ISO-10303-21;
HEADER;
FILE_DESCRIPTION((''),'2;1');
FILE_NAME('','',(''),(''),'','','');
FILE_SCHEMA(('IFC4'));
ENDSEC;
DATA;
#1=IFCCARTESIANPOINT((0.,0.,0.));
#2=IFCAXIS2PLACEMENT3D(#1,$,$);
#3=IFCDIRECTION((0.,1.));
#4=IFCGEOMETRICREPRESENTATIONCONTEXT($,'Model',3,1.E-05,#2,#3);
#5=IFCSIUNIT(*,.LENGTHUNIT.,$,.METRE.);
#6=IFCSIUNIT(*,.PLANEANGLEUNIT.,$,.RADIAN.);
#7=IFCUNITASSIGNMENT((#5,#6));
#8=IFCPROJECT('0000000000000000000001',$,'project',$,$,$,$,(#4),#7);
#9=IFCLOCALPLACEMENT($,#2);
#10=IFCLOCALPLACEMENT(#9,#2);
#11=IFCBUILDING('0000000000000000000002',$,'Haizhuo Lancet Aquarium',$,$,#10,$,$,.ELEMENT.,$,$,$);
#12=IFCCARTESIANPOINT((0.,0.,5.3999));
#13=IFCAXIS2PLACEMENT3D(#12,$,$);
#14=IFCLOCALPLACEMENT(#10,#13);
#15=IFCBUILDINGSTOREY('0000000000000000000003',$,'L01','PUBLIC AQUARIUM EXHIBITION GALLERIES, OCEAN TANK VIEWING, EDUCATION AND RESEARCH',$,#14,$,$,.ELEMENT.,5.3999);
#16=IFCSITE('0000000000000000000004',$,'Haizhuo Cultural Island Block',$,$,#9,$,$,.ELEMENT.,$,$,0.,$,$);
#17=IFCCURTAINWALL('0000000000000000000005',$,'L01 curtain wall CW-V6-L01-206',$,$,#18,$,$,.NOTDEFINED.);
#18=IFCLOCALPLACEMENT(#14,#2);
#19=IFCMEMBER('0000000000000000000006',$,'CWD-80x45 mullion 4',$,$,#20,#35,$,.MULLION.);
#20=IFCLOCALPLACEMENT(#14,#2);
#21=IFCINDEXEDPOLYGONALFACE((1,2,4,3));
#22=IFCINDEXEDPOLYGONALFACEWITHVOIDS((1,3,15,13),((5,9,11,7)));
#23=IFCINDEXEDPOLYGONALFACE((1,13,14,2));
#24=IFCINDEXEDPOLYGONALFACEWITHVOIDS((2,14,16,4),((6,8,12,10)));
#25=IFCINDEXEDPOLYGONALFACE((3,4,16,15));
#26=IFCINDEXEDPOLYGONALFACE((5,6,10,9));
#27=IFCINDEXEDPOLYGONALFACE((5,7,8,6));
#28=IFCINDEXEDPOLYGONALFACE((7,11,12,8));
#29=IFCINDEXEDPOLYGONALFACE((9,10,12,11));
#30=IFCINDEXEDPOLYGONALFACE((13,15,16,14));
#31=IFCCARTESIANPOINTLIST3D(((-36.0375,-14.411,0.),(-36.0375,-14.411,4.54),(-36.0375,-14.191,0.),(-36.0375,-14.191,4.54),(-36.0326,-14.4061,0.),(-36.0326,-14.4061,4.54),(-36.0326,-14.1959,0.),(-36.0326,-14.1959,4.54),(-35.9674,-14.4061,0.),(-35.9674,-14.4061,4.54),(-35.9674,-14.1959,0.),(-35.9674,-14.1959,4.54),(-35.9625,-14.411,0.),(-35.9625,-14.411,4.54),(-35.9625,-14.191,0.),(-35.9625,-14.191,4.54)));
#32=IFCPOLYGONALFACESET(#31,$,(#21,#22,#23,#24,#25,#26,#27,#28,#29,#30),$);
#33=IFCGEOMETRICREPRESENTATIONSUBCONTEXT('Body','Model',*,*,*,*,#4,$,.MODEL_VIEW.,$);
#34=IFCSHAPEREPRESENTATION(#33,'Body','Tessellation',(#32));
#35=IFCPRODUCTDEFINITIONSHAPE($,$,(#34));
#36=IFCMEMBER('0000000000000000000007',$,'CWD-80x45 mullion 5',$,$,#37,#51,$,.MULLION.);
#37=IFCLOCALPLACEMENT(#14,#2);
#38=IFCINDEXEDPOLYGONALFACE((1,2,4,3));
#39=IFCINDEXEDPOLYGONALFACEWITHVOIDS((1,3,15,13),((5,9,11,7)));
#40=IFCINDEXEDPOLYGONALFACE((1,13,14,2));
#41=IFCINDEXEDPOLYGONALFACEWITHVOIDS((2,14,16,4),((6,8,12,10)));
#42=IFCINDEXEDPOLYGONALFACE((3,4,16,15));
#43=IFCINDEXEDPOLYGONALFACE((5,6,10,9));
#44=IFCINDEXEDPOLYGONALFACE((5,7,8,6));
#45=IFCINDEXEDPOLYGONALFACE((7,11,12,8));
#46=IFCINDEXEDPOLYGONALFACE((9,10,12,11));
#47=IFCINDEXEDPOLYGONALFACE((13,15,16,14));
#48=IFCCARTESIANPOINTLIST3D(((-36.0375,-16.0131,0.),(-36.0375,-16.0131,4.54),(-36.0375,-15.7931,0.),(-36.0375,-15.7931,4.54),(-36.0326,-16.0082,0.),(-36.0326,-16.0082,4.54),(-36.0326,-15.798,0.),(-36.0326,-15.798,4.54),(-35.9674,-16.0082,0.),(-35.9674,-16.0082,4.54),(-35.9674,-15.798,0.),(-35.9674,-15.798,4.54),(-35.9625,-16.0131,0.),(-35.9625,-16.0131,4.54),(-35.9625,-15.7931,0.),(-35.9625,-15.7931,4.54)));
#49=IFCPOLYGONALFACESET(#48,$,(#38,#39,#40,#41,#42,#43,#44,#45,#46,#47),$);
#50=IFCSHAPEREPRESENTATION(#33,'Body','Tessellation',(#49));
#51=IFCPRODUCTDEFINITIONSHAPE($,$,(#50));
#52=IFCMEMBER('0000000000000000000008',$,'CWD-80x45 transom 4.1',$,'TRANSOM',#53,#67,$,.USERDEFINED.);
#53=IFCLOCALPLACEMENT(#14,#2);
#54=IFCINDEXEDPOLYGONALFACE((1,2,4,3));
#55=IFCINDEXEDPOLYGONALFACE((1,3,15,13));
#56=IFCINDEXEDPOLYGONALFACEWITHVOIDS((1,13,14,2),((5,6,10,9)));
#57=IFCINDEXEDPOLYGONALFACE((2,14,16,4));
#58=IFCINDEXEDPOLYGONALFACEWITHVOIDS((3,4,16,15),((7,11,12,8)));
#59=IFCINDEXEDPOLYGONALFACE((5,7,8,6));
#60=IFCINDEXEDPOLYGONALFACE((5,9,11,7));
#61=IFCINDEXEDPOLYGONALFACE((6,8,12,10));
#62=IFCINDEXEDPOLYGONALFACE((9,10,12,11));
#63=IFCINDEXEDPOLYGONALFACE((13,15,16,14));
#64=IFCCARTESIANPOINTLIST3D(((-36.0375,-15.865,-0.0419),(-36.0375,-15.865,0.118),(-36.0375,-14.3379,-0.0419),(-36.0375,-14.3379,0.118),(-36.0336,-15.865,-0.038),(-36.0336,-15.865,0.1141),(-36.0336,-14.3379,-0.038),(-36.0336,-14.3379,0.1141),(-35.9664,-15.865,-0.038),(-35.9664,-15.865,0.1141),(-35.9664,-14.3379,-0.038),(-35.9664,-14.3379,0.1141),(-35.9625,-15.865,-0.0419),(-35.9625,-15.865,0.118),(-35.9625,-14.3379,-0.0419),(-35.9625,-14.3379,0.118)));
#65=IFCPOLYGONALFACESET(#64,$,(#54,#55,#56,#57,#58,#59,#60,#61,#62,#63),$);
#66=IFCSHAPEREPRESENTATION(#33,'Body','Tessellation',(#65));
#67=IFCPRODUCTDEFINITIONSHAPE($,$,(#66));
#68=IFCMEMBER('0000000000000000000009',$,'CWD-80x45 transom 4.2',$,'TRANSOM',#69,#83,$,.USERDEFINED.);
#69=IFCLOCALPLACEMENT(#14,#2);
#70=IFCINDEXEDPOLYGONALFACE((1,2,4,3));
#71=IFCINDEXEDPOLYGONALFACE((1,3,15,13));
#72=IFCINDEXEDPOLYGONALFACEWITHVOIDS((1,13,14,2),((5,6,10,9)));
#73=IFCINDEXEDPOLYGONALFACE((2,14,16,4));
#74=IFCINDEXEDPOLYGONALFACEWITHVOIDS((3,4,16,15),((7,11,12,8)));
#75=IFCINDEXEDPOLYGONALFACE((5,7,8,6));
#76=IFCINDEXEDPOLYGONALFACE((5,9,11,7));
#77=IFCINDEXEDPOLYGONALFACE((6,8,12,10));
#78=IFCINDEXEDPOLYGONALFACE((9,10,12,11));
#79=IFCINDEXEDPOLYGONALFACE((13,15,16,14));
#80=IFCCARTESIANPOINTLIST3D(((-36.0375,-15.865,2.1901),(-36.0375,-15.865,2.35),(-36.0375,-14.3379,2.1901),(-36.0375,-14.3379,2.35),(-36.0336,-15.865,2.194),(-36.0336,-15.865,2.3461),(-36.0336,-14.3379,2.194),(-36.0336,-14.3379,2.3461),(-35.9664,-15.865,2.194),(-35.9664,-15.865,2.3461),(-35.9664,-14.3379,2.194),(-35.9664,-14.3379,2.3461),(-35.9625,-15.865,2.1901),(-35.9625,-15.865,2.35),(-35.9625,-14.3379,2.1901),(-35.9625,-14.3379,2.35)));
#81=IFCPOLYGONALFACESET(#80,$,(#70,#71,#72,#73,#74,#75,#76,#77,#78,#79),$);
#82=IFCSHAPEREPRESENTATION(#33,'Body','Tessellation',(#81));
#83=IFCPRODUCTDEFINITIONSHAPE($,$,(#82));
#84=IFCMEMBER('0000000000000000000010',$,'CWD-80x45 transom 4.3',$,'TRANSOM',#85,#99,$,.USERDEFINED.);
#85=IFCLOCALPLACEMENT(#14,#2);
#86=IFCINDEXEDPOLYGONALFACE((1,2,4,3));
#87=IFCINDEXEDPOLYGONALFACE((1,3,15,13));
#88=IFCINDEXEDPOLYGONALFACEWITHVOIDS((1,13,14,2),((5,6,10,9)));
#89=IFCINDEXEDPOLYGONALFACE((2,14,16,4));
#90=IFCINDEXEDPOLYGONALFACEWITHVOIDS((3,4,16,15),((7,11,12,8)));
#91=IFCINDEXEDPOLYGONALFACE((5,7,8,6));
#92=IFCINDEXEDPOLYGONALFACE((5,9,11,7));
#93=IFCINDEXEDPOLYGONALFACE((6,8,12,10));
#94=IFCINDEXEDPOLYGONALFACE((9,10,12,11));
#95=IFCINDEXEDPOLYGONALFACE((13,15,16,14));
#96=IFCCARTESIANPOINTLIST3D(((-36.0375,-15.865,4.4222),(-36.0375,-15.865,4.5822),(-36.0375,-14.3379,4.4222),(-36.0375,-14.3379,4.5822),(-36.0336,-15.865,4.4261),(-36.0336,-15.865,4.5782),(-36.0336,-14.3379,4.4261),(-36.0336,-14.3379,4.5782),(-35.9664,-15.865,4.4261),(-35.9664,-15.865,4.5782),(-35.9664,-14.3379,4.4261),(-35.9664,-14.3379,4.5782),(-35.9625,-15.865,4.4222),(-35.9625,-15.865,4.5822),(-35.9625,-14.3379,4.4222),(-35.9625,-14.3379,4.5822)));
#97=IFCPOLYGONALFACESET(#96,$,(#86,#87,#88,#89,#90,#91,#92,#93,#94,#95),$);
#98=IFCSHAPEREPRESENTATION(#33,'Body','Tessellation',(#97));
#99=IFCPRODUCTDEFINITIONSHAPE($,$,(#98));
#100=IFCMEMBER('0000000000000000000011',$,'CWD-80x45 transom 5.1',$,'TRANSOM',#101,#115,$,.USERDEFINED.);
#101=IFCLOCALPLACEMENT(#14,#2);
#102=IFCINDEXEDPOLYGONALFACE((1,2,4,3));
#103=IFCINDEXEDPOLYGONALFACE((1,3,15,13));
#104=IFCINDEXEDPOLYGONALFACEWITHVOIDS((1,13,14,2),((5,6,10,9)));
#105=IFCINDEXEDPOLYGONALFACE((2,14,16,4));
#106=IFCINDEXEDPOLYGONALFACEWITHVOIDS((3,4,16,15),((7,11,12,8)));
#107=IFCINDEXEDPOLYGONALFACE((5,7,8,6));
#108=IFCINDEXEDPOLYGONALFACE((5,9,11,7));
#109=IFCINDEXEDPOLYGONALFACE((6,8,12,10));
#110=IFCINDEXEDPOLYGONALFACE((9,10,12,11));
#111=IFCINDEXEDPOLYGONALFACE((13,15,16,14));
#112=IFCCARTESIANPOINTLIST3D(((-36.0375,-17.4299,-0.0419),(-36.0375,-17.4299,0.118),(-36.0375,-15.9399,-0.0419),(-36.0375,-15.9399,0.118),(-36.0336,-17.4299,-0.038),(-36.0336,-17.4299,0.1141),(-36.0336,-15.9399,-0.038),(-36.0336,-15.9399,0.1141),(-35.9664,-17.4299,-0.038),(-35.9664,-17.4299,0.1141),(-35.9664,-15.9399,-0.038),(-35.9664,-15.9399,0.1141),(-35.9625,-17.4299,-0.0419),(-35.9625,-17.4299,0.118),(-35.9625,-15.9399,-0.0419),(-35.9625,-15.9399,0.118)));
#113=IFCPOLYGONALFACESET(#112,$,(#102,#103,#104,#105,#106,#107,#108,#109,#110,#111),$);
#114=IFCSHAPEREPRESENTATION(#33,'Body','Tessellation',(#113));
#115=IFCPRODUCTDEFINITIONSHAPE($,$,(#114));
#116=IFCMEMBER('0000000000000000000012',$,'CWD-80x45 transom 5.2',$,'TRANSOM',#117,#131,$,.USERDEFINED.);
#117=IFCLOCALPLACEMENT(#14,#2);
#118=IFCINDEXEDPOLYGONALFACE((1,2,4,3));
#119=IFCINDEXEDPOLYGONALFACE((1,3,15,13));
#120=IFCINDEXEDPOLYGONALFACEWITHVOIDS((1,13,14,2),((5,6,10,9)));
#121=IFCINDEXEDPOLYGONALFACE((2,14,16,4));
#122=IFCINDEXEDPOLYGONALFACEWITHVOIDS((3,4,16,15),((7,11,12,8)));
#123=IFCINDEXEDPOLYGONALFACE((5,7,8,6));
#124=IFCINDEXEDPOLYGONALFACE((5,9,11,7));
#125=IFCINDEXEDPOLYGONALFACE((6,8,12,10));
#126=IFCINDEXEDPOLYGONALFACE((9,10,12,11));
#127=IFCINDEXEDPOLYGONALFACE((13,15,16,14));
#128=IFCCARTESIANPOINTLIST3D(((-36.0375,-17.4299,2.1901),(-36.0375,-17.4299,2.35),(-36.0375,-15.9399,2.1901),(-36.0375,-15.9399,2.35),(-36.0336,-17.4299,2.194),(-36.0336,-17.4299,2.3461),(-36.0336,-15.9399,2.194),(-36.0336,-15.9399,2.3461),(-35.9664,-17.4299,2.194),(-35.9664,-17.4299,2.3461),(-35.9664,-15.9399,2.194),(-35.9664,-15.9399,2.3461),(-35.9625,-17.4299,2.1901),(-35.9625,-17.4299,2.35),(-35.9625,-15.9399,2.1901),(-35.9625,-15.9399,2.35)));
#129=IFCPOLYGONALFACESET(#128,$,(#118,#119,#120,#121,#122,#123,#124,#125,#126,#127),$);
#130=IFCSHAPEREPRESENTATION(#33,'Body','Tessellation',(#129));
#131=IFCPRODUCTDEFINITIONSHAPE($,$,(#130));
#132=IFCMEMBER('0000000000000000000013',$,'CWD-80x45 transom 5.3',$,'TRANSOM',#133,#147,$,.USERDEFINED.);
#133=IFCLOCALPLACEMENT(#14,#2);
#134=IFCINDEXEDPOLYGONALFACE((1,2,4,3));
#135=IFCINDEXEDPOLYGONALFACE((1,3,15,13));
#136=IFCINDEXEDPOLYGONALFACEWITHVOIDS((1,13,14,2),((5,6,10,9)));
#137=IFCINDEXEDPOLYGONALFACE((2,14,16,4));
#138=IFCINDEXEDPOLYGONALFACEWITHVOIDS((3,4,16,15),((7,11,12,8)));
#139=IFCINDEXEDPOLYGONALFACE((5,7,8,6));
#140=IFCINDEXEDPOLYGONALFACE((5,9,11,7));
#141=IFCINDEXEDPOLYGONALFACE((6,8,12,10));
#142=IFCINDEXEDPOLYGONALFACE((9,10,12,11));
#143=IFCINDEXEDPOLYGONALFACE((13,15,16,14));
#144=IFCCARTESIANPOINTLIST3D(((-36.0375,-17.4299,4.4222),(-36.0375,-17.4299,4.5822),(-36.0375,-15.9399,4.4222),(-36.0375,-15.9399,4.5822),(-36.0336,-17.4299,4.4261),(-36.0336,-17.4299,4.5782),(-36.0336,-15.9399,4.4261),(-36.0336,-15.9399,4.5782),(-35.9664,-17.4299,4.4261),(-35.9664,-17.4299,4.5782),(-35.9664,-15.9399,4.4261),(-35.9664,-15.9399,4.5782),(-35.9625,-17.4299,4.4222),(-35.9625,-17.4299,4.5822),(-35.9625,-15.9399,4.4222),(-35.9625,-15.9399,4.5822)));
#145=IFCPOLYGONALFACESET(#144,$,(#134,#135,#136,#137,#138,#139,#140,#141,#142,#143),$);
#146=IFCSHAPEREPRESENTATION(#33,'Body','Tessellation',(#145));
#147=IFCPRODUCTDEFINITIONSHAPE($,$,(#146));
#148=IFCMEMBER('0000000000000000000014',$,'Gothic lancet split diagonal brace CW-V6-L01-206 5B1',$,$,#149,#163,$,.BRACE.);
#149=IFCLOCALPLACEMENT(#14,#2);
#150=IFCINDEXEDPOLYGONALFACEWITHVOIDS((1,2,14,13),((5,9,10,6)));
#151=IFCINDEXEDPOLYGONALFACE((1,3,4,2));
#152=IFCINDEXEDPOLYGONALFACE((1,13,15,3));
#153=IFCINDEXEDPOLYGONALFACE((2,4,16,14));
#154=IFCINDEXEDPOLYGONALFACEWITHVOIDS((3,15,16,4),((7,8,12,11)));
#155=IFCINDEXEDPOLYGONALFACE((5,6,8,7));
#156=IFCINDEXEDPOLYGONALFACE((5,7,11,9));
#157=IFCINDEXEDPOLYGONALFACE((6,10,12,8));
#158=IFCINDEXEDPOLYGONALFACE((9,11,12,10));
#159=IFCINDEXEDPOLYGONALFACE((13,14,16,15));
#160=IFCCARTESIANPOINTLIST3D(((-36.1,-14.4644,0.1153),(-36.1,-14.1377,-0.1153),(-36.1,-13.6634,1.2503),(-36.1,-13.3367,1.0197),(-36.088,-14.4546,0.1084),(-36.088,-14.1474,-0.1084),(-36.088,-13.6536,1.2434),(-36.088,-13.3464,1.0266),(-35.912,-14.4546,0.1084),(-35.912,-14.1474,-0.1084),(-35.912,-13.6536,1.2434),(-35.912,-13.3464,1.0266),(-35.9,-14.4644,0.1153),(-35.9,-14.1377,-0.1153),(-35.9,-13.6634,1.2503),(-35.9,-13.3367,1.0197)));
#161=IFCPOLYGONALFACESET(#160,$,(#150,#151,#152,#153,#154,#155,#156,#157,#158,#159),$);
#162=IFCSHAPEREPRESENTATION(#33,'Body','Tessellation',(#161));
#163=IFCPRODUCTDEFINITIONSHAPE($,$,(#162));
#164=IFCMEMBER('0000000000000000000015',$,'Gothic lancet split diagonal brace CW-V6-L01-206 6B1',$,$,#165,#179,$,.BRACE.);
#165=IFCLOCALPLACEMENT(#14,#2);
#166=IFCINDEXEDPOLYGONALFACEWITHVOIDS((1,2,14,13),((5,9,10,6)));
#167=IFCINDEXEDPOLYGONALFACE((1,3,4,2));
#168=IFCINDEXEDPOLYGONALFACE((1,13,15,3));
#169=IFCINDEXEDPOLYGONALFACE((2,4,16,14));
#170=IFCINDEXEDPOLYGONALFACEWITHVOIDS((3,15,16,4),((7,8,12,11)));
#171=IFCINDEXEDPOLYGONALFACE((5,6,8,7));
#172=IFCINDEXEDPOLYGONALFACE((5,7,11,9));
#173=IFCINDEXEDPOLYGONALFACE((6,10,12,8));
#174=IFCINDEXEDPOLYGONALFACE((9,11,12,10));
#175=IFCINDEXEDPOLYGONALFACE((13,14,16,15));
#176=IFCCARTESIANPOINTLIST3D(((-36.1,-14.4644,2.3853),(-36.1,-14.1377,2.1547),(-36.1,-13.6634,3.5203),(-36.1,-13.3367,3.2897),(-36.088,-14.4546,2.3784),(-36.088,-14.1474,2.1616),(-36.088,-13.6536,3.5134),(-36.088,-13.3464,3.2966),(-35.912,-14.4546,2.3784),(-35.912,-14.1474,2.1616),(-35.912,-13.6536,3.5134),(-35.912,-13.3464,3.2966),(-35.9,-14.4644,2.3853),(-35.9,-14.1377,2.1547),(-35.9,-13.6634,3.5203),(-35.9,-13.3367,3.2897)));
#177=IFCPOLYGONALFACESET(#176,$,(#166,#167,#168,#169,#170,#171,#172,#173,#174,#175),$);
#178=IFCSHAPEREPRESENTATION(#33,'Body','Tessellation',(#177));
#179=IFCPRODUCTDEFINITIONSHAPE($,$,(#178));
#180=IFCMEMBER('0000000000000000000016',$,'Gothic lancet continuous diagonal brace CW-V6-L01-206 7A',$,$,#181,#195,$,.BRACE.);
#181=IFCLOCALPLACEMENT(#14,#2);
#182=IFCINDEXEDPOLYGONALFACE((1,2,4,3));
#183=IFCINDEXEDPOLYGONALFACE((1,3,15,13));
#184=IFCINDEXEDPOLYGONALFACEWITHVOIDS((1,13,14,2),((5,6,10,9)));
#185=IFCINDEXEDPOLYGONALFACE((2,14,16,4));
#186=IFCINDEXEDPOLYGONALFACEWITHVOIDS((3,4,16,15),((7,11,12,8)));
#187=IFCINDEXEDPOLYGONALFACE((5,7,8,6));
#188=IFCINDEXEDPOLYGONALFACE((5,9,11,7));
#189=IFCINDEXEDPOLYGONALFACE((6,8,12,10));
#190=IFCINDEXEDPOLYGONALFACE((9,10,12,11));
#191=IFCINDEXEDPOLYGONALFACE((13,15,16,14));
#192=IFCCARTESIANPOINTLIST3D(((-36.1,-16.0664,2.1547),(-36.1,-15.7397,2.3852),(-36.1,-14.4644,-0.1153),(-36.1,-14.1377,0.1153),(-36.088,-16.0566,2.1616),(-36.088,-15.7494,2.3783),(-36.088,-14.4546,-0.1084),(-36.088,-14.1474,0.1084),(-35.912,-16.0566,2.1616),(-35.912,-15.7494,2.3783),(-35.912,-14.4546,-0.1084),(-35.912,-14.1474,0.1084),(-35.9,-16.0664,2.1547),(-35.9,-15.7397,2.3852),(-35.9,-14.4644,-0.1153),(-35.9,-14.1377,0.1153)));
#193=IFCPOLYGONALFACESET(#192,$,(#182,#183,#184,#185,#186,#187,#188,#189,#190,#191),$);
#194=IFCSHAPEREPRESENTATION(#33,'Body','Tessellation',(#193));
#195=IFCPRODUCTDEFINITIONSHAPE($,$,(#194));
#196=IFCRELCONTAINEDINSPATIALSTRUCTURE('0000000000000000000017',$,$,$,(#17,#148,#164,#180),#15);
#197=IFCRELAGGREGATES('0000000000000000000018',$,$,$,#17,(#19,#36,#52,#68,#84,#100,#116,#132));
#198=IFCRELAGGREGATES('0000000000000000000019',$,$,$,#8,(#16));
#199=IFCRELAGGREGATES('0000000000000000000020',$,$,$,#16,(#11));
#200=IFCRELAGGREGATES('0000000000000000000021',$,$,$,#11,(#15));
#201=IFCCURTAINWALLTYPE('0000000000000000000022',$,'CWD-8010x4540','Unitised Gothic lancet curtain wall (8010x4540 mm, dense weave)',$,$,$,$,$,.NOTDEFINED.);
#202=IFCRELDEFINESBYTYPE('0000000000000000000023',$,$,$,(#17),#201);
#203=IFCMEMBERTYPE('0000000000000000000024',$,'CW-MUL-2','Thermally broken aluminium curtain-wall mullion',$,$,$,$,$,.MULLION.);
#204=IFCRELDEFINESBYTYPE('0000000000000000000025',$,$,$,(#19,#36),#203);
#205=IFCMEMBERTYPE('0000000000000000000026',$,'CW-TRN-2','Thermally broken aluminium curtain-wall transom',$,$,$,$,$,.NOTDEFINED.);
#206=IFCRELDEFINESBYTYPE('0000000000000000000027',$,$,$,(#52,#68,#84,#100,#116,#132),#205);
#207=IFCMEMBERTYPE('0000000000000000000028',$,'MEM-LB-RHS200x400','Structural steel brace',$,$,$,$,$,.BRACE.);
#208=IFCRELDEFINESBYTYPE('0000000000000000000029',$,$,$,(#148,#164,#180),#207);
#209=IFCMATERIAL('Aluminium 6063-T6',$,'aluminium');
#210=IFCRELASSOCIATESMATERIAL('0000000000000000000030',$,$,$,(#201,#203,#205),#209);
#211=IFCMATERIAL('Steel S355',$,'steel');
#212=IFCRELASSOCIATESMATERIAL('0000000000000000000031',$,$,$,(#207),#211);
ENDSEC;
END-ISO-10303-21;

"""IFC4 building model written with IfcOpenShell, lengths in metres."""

from ifc_helpers import new_model, si_unit, direction, frame, origin, origin_2d, place, context, subcontext, project, spatial, hollow_rectangle, extrude, material, material_profile, profile_set, type_object, element, aggregate, save


model = new_model("IFC4")

# Units and contexts
model_context = context("Model", 3, precision=1e-05, world=origin(), true_north=direction((0.0, 1.0)))
body_context = subcontext(model_context, "Body", "Model", "MODEL_VIEW")
ifc_project = project(units=[si_unit("LENGTHUNIT", "METRE"), si_unit("PLANEANGLEUNIT", "RADIAN")], contexts=[model_context])

# Site, building, storey
site_placement = place(None, origin())
site = spatial("IfcSite", under=ifc_project, at=site_placement, Name="Haizhuo Cultural Island Block", CompositionType="ELEMENT", RefElevation=0.0)
building_placement = place(site_placement, origin())
building = spatial("IfcBuilding", under=site, at=building_placement, Name="Haizhuo Lancet Aquarium", CompositionType="ELEMENT")
storey_placement = place(building_placement, frame((0.0, 0.0, 5.3999)))
storey = spatial("IfcBuildingStorey", under=building, at=storey_placement, Name="L01", Description="PUBLIC AQUARIUM EXHIBITION GALLERIES, OCEAN TANK VIEWING, EDUCATION AND RESEARCH", CompositionType="ELEMENT", Elevation=5.3999)

# Curtain wall, members
ifc_material_1 = material(Name="Aluminium 6063-T6", Category="aluminium")
curtain_wall_type = type_object("IfcCurtainWallType", Name="CWD-8010x4540", Description="Unitised Gothic lancet curtain wall (8010x4540 mm, dense weave)", PredefinedType="NOTDEFINED", material=ifc_material_1)
curtain_wall_placement = place(storey_placement, origin())
curtain_wall = element("IfcCurtainWall", 1, at=curtain_wall_placement, inside=storey, type_object=curtain_wall_type, Name="L01 curtain wall CW-V6-L01-206", PredefinedType="NOTDEFINED")
ifc_material_profile_1 = material_profile(ifc_material_1, hollow_rectangle(XDim=0.075, YDim=0.22, WallThickness=0.0049, at=origin_2d()), Name="ALU-M 75x220x5")
ifc_profile_set_1 = profile_set([ifc_material_profile_1], Name="Aluminium 6063-T6")
member_type_1 = type_object("IfcMemberType", Name="CW-MUL-2", Description="Thermally broken aluminium curtain-wall mullion", PredefinedType="MULLION", material=ifc_profile_set_1)
member_1_placement = place(storey_placement, frame((-36.0, -14.301, 0.0), z_axis=(0.0, 0.0, 1.0), x_axis=(1.0, 0.0, 0.0)))
member_1 = element("IfcMember", 2, at=member_1_placement, type_object=member_type_1, Name="CWD-80x45 mullion 4", PredefinedType="MULLION", context=body_context, shape_type="SweptSolid", body=[
    extrude(hollow_rectangle(XDim=0.075, YDim=0.22, WallThickness=0.0049, at=origin_2d()), origin(), (0.0, 0.0, 1.0), 4.54),
])
member_2_placement = place(storey_placement, frame((-36.0, -15.9031, 0.0), z_axis=(0.0, 0.0, 1.0), x_axis=(1.0, 0.0, 0.0)))
member_2 = element("IfcMember", 3, at=member_2_placement, type_object=member_type_1, Name="CWD-80x45 mullion 5", PredefinedType="MULLION", context=body_context, shape_type="SweptSolid", body=[
    extrude(hollow_rectangle(XDim=0.075, YDim=0.22, WallThickness=0.0049, at=origin_2d()), origin(), (0.0, 0.0, 1.0), 4.54),
])
ifc_material_profile_2 = material_profile(ifc_material_1, hollow_rectangle(XDim=0.075, YDim=0.1599, WallThickness=0.0039, at=origin_2d()), Name="ALU-T 75x160x4")
ifc_profile_set_2 = profile_set([ifc_material_profile_2], Name="Aluminium 6063-T6")
member_type_2 = type_object("IfcMemberType", Name="CW-TRN-2", Description="Thermally broken aluminium curtain-wall transom", PredefinedType="NOTDEFINED", material=ifc_profile_set_2)
member_3_placement = place(storey_placement, frame((-36.0, -14.3379, 0.0381), z_axis=(0.0, -1.0, 0.0), x_axis=(1.0, 0.0, 0.0)))
member_3 = element("IfcMember", 4, at=member_3_placement, type_object=member_type_2, Name="CWD-80x45 transom 4.1", ObjectType="TRANSOM", PredefinedType="USERDEFINED", context=body_context, shape_type="SweptSolid", body=[
    extrude(hollow_rectangle(XDim=0.075, YDim=0.1599, WallThickness=0.0039, at=origin_2d()), origin(), (0.0, 0.0, 1.0), 1.5271),
])
member_4_placement = place(storey_placement, frame((-36.0, -14.3379, 2.27), z_axis=(0.0, -1.0, 0.0), x_axis=(1.0, 0.0, 0.0)))
member_4 = element("IfcMember", 5, at=member_4_placement, type_object=member_type_2, Name="CWD-80x45 transom 4.2", ObjectType="TRANSOM", PredefinedType="USERDEFINED", context=body_context, shape_type="SweptSolid", body=[
    extrude(hollow_rectangle(XDim=0.075, YDim=0.1599, WallThickness=0.0039, at=origin_2d()), origin(), (0.0, 0.0, 1.0), 1.5271),
])
member_5_placement = place(storey_placement, frame((-36.0, -14.3379, 4.5022), z_axis=(0.0, -1.0, 0.0), x_axis=(1.0, 0.0, 0.0)))
member_5 = element("IfcMember", 6, at=member_5_placement, type_object=member_type_2, Name="CWD-80x45 transom 4.3", ObjectType="TRANSOM", PredefinedType="USERDEFINED", context=body_context, shape_type="SweptSolid", body=[
    extrude(hollow_rectangle(XDim=0.075, YDim=0.1599, WallThickness=0.0039, at=origin_2d()), origin(), (0.0, 0.0, 1.0), 1.5271),
])
member_6_placement = place(storey_placement, frame((-36.0, -15.9399, 0.0381), z_axis=(0.0, -1.0, 0.0), x_axis=(1.0, 0.0, 0.0)))
member_6 = element("IfcMember", 7, at=member_6_placement, type_object=member_type_2, Name="CWD-80x45 transom 5.1", ObjectType="TRANSOM", PredefinedType="USERDEFINED", context=body_context, shape_type="SweptSolid", body=[
    extrude(hollow_rectangle(XDim=0.075, YDim=0.1599, WallThickness=0.0039, at=origin_2d()), origin(), (0.0, 0.0, 1.0), 1.49),
])
member_7_placement = place(storey_placement, frame((-36.0, -15.9399, 2.27), z_axis=(0.0, -1.0, 0.0), x_axis=(1.0, 0.0, 0.0)))
member_7 = element("IfcMember", 8, at=member_7_placement, type_object=member_type_2, Name="CWD-80x45 transom 5.2", ObjectType="TRANSOM", PredefinedType="USERDEFINED", context=body_context, shape_type="SweptSolid", body=[
    extrude(hollow_rectangle(XDim=0.075, YDim=0.1599, WallThickness=0.0039, at=origin_2d()), origin(), (0.0, 0.0, 1.0), 1.49),
])
member_8_placement = place(storey_placement, frame((-36.0, -15.9399, 4.5022), z_axis=(0.0, -1.0, 0.0), x_axis=(1.0, 0.0, 0.0)))
member_8 = element("IfcMember", 9, at=member_8_placement, type_object=member_type_2, Name="CWD-80x45 transom 5.3", ObjectType="TRANSOM", PredefinedType="USERDEFINED", context=body_context, shape_type="SweptSolid", body=[
    extrude(hollow_rectangle(XDim=0.075, YDim=0.1599, WallThickness=0.0039, at=origin_2d()), origin(), (0.0, 0.0, 1.0), 1.49),
])

# Members
ifc_material_2 = material(Name="Steel S355", Category="steel")
ifc_material_profile_3 = material_profile(ifc_material_2, hollow_rectangle(XDim=0.2, YDim=0.3999, WallThickness=0.012, at=origin_2d()), Name="RHS 200x400x12")
ifc_profile_set_3 = profile_set([ifc_material_profile_3], Name="Steel S355")
member_type_3 = type_object("IfcMemberType", Name="MEM-LB-RHS200x400", Description="Structural steel brace", PredefinedType="BRACE", material=ifc_profile_set_3)
for number, where, z_axis, x_axis, name in (
    (10, (-36.0, -14.301, 0.0), (0.0, 0.576607, 0.817021), (-1.0, 0.0, 0.0), "Gothic lancet split diagonal brace CW-V6-L01-206 5B1"),
    (11, (-36.0, -14.301, 2.27), (0.0, 0.576607, 0.817021), (-1.0, 0.0, 0.0), "Gothic lancet split diagonal brace CW-V6-L01-206 6B1"),
):
    element("IfcMember", number, at=place(storey_placement, frame(where, z_axis=z_axis, x_axis=x_axis)), inside=storey, type_object=member_type_3, Name=name, PredefinedType="BRACE", context=body_context, shape_type="SweptSolid", body=[
        extrude(hollow_rectangle(XDim=0.2, YDim=0.3999, WallThickness=0.012, at=origin_2d()), origin(), (0.0, 0.0, 1.0), 1.3892),
    ])
member_9_placement = place(storey_placement, frame((-36.0, -14.301, 0.0), z_axis=(0.0, -0.576607, 0.817021), x_axis=(1.0, 0.0, 0.0)))
element("IfcMember", 12, at=member_9_placement, inside=storey, type_object=member_type_3, Name="Gothic lancet continuous diagonal brace CW-V6-L01-206 7A", PredefinedType="BRACE", context=body_context, shape_type="SweptSolid", body=[
    extrude(hollow_rectangle(XDim=0.2, YDim=0.3999, WallThickness=0.012, at=origin_2d()), origin(), (0.0, 0.0, 1.0), 2.7783),
])

aggregate(curtain_wall, [member_1, member_2, member_3, member_4, member_5, member_6, member_7, member_8])

save(model, "model.ifc")
